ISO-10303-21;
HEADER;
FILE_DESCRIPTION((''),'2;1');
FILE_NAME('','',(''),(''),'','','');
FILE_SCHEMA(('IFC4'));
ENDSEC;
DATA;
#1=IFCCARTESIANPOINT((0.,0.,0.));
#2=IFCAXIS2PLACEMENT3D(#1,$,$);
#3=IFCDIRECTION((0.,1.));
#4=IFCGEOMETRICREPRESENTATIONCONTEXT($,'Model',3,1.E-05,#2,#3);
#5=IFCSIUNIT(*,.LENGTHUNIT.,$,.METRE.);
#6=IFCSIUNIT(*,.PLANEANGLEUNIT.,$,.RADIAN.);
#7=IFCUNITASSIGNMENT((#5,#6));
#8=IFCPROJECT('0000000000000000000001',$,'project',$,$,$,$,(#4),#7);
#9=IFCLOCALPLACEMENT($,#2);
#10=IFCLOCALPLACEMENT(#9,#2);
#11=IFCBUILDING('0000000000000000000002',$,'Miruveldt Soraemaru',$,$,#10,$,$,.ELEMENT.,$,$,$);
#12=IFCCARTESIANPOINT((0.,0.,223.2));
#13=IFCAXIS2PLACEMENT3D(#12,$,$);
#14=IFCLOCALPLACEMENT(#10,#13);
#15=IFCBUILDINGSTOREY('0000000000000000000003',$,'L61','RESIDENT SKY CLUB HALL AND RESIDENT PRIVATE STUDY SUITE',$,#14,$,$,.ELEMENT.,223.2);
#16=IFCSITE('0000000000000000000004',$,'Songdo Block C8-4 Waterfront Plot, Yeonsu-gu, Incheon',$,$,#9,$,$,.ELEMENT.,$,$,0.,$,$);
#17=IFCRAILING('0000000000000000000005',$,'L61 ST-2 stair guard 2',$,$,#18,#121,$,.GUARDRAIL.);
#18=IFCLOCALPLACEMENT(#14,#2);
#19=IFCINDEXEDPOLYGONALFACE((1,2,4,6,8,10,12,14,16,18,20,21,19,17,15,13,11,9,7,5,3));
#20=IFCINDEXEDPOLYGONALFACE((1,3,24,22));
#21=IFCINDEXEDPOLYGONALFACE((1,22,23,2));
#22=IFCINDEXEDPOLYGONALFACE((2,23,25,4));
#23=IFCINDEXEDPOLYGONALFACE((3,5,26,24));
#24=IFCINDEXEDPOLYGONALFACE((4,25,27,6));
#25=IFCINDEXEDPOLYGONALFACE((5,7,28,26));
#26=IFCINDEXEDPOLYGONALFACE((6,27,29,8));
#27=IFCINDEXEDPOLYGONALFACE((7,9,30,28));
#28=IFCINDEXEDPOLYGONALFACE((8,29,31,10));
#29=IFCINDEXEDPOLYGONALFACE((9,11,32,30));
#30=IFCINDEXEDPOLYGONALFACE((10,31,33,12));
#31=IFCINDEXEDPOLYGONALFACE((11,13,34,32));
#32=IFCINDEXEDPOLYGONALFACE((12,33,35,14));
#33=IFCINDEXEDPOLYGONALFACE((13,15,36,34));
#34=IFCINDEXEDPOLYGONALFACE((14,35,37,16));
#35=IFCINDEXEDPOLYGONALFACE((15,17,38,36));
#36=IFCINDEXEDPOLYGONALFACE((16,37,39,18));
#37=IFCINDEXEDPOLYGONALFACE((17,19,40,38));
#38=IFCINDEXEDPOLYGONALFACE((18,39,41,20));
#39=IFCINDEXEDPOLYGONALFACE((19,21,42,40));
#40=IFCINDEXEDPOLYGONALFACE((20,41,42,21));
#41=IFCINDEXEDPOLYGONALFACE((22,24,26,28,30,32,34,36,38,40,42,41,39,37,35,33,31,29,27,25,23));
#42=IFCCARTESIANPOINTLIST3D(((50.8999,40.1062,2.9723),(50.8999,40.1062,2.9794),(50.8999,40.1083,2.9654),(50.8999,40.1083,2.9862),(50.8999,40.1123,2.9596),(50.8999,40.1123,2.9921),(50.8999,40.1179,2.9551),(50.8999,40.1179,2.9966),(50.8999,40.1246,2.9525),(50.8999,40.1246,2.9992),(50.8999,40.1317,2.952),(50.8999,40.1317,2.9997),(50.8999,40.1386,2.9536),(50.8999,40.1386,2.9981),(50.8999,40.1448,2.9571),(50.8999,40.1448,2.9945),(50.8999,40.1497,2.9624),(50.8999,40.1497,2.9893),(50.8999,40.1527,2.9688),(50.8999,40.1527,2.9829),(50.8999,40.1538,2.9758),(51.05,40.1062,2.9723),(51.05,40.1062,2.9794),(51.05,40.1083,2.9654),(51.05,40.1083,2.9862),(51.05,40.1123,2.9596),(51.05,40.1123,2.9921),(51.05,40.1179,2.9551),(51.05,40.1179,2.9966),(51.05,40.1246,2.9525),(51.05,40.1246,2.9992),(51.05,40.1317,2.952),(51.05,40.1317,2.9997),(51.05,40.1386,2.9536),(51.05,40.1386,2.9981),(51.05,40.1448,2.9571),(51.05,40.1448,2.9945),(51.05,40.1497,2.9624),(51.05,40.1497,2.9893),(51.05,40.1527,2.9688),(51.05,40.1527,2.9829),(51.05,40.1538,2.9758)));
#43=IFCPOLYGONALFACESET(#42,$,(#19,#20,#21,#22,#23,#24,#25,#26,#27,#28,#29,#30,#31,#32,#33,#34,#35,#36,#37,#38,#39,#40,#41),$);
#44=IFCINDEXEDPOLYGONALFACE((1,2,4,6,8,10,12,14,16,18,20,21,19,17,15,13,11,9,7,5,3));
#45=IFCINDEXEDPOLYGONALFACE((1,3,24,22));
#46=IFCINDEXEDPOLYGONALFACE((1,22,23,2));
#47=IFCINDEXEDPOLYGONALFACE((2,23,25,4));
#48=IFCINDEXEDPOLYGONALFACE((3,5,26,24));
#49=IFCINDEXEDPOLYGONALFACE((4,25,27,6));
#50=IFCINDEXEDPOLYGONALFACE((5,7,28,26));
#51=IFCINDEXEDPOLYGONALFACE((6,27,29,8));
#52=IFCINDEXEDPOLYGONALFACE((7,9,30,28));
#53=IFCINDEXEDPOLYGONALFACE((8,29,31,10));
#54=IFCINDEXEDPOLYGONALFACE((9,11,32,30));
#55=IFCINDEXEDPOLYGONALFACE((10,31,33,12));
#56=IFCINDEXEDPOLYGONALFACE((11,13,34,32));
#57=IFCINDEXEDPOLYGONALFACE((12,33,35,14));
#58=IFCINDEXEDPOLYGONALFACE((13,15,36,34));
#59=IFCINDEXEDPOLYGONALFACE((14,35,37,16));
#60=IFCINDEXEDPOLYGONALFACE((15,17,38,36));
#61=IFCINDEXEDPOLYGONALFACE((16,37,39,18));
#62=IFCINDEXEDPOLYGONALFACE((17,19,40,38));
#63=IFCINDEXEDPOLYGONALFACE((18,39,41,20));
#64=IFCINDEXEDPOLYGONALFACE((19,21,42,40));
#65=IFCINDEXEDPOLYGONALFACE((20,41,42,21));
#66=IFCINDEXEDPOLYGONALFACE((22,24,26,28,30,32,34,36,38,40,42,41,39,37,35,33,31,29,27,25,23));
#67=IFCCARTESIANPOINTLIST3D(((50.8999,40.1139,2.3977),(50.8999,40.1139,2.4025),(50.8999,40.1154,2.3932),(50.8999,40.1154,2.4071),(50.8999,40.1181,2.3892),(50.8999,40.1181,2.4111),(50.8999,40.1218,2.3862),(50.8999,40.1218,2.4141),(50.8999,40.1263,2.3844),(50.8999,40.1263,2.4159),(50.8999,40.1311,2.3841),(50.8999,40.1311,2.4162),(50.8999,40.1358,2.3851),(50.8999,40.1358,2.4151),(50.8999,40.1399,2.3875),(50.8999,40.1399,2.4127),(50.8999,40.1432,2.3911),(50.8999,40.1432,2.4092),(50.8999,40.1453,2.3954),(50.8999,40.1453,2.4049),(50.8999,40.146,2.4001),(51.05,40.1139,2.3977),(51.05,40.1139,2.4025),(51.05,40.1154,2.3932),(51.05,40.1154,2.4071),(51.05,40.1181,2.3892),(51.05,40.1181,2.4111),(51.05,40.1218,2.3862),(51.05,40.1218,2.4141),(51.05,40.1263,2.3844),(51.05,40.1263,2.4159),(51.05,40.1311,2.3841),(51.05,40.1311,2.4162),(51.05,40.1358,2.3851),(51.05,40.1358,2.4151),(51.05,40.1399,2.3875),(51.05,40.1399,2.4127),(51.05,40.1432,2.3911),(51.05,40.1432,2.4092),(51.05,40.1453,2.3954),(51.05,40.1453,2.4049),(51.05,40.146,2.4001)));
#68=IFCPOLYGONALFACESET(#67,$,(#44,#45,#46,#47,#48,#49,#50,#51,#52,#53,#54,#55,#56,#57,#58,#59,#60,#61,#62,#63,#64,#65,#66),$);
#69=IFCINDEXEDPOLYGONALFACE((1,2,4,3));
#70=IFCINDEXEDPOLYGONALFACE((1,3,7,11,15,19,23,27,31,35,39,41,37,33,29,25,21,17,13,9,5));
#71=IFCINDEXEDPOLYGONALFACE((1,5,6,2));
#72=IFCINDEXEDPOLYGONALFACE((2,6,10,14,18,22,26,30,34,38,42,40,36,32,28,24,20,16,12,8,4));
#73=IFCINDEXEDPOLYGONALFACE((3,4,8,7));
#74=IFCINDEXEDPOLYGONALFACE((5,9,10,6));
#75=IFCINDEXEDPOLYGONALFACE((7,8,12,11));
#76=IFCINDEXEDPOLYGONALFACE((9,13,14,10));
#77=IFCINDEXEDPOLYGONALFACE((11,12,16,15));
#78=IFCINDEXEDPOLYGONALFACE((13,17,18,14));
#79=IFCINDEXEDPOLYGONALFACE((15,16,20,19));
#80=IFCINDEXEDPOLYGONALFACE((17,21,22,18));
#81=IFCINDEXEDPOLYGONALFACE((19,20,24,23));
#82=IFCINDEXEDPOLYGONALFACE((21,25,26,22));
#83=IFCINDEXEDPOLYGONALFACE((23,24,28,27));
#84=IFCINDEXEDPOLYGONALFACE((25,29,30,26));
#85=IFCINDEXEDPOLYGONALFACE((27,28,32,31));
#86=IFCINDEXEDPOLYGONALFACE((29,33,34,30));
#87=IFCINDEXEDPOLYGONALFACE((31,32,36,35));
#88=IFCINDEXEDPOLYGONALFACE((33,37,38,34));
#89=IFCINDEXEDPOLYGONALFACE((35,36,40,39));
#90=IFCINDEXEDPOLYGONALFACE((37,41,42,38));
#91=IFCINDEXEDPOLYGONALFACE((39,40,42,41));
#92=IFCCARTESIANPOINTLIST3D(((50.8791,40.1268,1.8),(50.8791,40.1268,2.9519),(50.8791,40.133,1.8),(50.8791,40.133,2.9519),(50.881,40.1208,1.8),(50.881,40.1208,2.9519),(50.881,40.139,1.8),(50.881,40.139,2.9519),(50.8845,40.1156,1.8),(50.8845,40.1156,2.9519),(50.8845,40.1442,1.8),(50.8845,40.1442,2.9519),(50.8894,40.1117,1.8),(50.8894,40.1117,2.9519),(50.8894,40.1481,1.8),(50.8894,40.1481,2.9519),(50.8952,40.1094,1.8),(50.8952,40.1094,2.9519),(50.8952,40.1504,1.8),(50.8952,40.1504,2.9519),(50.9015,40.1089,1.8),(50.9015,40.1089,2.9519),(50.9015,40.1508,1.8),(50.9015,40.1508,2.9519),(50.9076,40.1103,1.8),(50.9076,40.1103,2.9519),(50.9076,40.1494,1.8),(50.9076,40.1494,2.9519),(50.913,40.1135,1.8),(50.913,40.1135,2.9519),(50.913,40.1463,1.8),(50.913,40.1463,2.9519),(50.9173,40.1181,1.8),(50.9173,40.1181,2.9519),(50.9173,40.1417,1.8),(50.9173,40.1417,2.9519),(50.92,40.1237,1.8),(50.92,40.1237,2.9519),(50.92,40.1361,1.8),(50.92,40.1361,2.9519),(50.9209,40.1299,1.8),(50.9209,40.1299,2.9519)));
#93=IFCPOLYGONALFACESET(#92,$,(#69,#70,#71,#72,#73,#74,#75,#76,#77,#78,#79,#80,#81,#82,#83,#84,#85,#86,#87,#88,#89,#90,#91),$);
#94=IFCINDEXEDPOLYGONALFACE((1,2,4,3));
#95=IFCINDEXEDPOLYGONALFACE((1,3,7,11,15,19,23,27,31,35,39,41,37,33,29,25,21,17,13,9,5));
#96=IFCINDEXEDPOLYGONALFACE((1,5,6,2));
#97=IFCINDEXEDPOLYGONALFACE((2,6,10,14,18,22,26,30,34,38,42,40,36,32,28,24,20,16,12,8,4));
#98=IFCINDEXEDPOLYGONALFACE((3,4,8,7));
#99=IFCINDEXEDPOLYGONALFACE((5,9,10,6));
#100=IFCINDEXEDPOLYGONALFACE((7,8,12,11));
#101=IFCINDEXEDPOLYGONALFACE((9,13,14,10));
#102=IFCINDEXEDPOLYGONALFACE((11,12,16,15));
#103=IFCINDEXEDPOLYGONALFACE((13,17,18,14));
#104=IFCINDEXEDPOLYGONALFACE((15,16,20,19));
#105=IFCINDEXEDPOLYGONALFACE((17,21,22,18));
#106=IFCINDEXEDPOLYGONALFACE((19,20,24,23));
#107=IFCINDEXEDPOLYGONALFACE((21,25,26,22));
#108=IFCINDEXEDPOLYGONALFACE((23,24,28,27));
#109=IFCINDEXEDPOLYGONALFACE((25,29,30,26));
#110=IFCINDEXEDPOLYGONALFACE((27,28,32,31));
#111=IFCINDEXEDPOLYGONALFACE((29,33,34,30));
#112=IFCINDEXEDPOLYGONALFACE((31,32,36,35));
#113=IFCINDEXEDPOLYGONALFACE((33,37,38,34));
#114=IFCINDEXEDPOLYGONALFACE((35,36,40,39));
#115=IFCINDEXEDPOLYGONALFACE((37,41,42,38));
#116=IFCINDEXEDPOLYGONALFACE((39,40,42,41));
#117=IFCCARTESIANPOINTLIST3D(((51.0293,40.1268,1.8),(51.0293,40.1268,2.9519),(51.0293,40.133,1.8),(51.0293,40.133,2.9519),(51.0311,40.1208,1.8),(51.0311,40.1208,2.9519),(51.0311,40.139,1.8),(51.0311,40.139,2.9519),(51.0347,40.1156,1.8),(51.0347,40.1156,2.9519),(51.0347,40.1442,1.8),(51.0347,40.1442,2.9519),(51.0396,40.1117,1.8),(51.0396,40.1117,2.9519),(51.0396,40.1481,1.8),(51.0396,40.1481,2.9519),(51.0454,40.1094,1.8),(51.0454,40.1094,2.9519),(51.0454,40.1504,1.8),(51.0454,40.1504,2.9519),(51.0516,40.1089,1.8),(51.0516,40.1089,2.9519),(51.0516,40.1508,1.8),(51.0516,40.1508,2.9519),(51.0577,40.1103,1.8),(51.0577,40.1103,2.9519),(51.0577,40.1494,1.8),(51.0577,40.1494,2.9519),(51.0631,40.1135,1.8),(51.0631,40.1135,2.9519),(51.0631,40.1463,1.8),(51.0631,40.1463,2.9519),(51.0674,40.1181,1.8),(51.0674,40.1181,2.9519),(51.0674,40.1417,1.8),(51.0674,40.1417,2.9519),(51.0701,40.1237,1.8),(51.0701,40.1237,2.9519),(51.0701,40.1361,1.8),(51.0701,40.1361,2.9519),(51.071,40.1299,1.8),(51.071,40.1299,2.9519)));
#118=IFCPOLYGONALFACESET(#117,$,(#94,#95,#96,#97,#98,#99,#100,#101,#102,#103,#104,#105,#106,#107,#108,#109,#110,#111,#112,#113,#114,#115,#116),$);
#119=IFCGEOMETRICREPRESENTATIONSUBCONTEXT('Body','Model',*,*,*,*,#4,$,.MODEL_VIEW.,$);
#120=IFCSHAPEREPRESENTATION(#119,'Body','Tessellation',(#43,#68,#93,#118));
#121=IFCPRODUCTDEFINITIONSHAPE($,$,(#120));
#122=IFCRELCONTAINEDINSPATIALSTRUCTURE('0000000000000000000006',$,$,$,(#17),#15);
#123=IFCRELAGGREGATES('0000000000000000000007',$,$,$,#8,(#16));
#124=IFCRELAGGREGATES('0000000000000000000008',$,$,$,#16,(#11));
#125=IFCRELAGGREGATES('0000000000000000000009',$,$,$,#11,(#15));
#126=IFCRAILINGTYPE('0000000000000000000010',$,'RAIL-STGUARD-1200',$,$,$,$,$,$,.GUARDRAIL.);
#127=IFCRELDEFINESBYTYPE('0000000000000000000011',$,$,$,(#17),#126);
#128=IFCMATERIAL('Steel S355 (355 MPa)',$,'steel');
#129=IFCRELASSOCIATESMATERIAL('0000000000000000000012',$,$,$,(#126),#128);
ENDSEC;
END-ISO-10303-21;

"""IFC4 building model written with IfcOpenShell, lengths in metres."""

from ifc_helpers import new_model, si_unit, direction, frame, origin, origin_2d, place, context, subcontext, project, spatial, circle, extrude, material, type_object, element, save


model = new_model("IFC4")

# Units and contexts
model_context = context("Model", 3, precision=1e-05, world=origin(), true_north=direction((0.0, 1.0)))
body_context = subcontext(model_context, "Body", "Model", "MODEL_VIEW")
ifc_project = project(units=[si_unit("LENGTHUNIT", "METRE"), si_unit("PLANEANGLEUNIT", "RADIAN")], contexts=[model_context])

# Site, building, storey
site_placement = place(None, origin())
site = spatial("IfcSite", under=ifc_project, at=site_placement, Name="Songdo Block C8-4 Waterfront Plot, Yeonsu-gu, Incheon", CompositionType="ELEMENT", RefElevation=0.0)
building_placement = place(site_placement, origin())
building = spatial("IfcBuilding", under=site, at=building_placement, Name="Miruveldt Soraemaru", CompositionType="ELEMENT")
storey_placement = place(building_placement, frame((0.0, 0.0, 223.2)))
storey = spatial("IfcBuildingStorey", under=building, at=storey_placement, Name="L61", Description="RESIDENT SKY CLUB HALL AND RESIDENT PRIVATE STUDY SUITE", CompositionType="ELEMENT", Elevation=223.2)

# Railing
ifc_material_1 = material(Name="Steel S355 (355 MPa)", Category="steel")
railing_type_1 = type_object("IfcRailingType", Name="RAIL-STGUARD-1200", PredefinedType="GUARDRAIL", material=ifc_material_1)
railing_1_placement = place(storey_placement, frame((50.8999, 40.1299, 1.8)))
element("IfcRailing", 1, at=railing_1_placement, inside=storey, type_object=railing_type_1, Name="L61 ST-2 stair guard 2", PredefinedType="GUARDRAIL", context=body_context, shape_type="SweptSolid", body=[
    extrude(circle(Radius=0.0239, at=origin_2d()), frame((0.0, 0.0, 1.1758), z_axis=(1.0, 0.0, 0.0), x_axis=(0.0, 1.0, 0.0)), (0.0, 0.0, 1.0), 0.1501),
    extrude(circle(Radius=0.0161, at=origin_2d()), frame((0.0, 0.0, 0.6001), z_axis=(1.0, 0.0, 0.0), x_axis=(0.0, 1.0, 0.0)), (0.0, 0.0, 1.0), 0.1501),
    extrude(circle(Radius=0.021, at=origin_2d()), origin(), (0.0, 0.0, 1.0), 1.1519),
    extrude(circle(Radius=0.021, at=origin_2d()), frame((0.1501, 0.0, 0.0)), (0.0, 0.0, 1.0), 1.1519),
])

save(model, "model.ifc")
